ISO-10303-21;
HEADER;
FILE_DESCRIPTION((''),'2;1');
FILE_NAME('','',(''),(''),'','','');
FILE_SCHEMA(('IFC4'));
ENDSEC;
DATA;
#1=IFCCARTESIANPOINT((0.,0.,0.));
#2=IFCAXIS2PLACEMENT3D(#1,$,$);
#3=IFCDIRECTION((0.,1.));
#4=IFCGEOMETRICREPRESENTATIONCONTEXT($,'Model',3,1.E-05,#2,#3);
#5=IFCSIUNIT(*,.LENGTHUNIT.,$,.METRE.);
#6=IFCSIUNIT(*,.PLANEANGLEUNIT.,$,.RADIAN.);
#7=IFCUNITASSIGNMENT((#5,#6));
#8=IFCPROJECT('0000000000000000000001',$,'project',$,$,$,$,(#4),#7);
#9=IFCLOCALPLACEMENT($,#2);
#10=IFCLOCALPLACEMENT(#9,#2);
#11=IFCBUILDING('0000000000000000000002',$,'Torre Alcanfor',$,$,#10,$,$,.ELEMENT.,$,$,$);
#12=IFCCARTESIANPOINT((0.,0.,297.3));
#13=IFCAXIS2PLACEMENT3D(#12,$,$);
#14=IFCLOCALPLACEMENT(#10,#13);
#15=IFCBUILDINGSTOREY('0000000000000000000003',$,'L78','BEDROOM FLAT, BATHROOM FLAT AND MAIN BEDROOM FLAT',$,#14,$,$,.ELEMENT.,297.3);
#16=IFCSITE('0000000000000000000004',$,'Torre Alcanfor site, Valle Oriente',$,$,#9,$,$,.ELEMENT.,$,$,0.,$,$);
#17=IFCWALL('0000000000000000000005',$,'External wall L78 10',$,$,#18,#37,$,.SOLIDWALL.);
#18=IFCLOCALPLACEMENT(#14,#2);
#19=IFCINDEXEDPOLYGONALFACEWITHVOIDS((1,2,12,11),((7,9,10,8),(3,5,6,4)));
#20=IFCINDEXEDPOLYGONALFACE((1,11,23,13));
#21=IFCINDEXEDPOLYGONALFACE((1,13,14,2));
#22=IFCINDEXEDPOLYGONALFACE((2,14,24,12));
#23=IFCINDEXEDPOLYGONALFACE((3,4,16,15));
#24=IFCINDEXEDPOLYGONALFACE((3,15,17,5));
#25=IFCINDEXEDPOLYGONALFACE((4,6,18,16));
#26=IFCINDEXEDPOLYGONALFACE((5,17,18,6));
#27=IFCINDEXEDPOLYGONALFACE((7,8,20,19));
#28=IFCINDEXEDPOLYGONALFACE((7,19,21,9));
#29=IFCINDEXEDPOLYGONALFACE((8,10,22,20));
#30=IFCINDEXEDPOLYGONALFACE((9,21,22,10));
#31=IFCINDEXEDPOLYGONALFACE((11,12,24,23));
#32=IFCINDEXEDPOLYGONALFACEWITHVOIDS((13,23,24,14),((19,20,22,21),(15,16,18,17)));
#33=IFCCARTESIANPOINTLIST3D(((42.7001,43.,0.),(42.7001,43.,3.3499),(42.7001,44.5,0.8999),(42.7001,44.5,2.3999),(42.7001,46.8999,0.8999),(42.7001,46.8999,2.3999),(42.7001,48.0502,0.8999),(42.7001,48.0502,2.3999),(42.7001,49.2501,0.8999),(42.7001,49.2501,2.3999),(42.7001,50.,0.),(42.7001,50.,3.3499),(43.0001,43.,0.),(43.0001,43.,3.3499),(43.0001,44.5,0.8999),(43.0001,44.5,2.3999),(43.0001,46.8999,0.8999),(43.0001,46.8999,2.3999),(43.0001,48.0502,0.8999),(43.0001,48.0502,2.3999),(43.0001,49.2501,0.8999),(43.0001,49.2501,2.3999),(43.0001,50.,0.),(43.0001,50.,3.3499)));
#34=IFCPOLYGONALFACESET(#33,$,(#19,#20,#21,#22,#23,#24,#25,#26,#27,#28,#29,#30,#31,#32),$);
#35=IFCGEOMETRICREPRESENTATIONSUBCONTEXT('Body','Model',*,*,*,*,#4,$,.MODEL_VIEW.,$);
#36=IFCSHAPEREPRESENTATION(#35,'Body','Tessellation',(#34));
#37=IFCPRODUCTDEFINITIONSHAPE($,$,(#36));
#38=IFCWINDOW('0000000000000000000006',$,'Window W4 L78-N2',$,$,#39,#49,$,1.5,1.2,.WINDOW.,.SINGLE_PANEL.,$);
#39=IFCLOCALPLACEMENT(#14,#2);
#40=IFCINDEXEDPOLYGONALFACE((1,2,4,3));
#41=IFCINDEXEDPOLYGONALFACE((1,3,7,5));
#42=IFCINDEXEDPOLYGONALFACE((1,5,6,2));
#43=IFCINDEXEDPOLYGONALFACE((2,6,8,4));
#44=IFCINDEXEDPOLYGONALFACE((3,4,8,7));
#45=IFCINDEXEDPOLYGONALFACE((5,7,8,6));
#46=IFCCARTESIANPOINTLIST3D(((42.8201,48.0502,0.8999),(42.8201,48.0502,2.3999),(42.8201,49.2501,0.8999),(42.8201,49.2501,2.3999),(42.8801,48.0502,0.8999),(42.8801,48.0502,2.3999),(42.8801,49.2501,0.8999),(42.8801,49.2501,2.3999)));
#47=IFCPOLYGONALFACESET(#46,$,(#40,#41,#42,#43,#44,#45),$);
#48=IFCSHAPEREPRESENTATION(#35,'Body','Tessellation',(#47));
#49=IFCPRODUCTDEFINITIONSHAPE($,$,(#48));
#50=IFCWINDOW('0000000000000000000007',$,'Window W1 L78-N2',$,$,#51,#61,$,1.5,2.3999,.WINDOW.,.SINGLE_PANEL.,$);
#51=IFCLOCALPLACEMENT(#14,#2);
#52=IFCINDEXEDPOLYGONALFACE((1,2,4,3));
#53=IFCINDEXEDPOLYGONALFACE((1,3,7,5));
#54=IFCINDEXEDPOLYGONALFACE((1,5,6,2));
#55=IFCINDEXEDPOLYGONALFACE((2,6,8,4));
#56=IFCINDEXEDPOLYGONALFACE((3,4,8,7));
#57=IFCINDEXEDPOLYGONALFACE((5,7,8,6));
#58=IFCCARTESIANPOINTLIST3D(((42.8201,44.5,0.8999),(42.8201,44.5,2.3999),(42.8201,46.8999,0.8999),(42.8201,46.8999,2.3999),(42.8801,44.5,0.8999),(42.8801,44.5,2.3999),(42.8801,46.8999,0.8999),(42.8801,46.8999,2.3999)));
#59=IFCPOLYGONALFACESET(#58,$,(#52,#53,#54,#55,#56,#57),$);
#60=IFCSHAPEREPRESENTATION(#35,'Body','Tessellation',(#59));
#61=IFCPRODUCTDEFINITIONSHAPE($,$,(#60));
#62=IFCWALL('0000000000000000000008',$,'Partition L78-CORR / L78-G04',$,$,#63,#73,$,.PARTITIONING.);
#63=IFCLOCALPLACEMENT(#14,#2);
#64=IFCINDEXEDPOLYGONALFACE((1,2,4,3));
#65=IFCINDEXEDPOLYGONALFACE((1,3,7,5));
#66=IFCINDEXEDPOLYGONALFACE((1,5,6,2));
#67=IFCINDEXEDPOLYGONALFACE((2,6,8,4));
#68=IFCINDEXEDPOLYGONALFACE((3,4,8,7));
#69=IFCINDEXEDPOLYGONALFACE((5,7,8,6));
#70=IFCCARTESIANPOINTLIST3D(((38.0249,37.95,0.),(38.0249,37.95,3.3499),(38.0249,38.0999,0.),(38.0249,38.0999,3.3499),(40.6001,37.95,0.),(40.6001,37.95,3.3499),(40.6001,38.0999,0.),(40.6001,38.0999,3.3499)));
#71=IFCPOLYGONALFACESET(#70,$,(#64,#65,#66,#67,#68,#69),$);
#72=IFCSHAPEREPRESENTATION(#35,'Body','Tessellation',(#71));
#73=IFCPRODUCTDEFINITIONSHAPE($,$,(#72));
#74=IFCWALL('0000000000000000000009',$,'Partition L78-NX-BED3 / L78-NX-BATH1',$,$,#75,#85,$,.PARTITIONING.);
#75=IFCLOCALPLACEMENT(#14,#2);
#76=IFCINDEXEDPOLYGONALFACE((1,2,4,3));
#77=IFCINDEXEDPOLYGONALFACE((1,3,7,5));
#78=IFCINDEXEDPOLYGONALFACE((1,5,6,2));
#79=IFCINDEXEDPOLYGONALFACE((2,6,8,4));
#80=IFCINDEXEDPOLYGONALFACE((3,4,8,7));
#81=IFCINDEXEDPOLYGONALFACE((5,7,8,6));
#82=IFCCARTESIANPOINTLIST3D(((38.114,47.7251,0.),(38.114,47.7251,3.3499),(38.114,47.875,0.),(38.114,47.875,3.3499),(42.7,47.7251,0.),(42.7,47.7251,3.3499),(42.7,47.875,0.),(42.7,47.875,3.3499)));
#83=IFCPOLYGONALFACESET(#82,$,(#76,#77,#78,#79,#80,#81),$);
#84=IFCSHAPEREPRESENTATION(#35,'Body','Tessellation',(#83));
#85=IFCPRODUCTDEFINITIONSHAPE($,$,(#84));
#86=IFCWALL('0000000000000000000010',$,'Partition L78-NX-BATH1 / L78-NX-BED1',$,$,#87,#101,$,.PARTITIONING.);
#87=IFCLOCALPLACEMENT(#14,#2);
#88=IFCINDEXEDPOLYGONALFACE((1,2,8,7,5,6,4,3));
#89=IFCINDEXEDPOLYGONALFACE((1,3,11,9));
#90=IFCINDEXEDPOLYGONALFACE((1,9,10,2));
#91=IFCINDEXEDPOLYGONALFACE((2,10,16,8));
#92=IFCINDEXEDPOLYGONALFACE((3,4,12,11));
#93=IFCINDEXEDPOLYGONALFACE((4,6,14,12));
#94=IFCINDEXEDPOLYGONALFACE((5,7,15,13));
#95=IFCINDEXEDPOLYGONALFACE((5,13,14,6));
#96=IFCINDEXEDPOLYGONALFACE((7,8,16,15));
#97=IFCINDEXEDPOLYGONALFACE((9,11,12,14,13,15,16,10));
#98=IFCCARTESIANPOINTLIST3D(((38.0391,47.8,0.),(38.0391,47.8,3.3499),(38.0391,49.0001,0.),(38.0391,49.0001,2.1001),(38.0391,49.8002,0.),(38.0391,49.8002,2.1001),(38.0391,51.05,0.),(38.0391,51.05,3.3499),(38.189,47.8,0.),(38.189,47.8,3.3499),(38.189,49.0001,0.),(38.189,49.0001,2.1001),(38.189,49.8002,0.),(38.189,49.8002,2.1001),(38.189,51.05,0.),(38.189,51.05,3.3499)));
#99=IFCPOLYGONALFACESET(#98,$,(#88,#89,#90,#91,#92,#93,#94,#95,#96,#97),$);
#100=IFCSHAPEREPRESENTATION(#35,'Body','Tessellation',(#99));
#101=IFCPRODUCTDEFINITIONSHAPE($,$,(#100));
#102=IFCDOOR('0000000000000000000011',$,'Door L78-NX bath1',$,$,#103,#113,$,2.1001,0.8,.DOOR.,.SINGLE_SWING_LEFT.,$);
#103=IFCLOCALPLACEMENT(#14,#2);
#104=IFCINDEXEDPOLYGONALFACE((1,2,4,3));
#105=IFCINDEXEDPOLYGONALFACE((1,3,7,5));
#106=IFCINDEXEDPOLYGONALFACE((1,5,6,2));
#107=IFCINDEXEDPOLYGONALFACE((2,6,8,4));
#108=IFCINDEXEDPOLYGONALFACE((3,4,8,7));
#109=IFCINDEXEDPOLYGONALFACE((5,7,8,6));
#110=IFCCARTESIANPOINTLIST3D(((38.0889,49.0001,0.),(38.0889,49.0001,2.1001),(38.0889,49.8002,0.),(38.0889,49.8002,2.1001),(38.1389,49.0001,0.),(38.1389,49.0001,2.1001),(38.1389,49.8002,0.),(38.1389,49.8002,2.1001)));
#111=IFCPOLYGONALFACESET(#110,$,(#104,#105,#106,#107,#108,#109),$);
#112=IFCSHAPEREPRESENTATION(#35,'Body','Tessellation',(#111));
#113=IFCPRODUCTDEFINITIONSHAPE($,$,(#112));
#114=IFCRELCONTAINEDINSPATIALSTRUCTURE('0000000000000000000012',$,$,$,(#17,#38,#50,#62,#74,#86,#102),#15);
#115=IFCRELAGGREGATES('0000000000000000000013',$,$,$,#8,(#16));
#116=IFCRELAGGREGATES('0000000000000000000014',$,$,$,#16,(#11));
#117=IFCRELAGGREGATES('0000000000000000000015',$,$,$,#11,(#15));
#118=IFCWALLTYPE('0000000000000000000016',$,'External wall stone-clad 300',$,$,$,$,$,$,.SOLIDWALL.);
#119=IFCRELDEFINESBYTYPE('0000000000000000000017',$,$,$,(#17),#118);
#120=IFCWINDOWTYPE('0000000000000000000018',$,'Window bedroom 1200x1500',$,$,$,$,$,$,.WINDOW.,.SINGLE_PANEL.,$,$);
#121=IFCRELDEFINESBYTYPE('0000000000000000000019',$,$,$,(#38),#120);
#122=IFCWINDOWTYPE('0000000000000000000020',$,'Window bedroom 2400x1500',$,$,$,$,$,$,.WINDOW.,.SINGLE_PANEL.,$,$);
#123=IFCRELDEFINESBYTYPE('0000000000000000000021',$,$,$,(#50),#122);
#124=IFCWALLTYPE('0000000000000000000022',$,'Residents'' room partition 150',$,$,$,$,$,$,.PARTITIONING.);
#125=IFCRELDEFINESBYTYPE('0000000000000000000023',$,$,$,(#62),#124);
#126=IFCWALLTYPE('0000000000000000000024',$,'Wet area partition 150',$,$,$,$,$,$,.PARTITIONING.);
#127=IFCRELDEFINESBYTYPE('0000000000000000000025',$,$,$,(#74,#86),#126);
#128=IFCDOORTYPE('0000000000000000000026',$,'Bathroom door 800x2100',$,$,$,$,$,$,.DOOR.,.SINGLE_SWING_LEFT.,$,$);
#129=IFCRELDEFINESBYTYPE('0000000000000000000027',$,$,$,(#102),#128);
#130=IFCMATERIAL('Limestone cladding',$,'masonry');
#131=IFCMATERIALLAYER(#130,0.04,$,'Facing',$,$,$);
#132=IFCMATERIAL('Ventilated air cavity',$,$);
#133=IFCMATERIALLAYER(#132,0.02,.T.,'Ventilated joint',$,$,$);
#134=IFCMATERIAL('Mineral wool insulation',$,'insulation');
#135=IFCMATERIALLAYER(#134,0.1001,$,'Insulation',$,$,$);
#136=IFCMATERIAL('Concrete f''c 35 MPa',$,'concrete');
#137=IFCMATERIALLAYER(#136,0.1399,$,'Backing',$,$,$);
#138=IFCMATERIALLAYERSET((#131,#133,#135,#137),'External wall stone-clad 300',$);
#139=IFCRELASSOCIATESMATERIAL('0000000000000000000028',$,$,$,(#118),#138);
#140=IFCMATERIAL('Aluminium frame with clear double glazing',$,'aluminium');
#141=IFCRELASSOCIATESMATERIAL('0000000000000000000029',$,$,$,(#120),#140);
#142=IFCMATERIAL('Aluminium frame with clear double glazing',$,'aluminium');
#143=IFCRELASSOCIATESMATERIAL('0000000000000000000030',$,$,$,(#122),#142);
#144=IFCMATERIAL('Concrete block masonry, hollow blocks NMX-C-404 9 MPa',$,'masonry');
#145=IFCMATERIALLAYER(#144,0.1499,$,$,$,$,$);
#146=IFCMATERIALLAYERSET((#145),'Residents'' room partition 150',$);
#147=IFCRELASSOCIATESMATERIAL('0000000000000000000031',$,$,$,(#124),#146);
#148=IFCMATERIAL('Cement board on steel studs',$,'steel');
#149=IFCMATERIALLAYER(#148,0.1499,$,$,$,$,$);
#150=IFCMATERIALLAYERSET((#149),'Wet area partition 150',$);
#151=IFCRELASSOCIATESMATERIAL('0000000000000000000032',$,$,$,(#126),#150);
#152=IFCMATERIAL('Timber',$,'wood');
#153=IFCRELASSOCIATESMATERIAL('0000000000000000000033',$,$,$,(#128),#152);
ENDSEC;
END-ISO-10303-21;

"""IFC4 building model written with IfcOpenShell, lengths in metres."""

from ifc_helpers import new_model, si_unit, direction, frame, frame_2d, origin, place, context, subcontext, project, spatial, rectangle, extrude, material, layer, layer_set, type_object, element, fill, save


model = new_model("IFC4")

# Units and contexts
model_context = context("Model", 3, precision=1e-05, world=origin(), true_north=direction((0.0, 1.0)))
body_context = subcontext(model_context, "Body", "Model", "MODEL_VIEW")
ifc_project = project(units=[si_unit("LENGTHUNIT", "METRE"), si_unit("PLANEANGLEUNIT", "RADIAN")], contexts=[model_context])

# Site, building, storey
site_placement = place(None, origin())
site = spatial("IfcSite", under=ifc_project, at=site_placement, Name="Torre Alcanfor site, Valle Oriente", CompositionType="ELEMENT", RefElevation=0.0)
building_placement = place(site_placement, origin())
building = spatial("IfcBuilding", under=site, at=building_placement, Name="Torre Alcanfor", CompositionType="ELEMENT")
storey_placement = place(building_placement, frame((0.0, 0.0, 297.3)))
storey = spatial("IfcBuildingStorey", under=building, at=storey_placement, Name="L78", Description="BEDROOM FLAT, BATHROOM FLAT AND MAIN BEDROOM FLAT", CompositionType="ELEMENT", Elevation=297.3)

# Wall, openings, windows
ifc_material_1 = material(Name="Limestone cladding", Category="masonry")
ifc_layer_1 = layer(ifc_material_1, 0.04, Name="Facing")
ifc_material_2 = material(Name="Ventilated air cavity")
ifc_layer_2 = layer(ifc_material_2, 0.02, ventilated=True, Name="Ventilated joint")
ifc_material_3 = material(Name="Mineral wool insulation", Category="insulation")
ifc_layer_3 = layer(ifc_material_3, 0.1001, Name="Insulation")
ifc_material_4 = material(Name="Concrete f'c 35 MPa", Category="concrete")
ifc_layer_4 = layer(ifc_material_4, 0.1399, Name="Backing")
ifc_layer_set_1 = layer_set([ifc_layer_1, ifc_layer_2, ifc_layer_3, ifc_layer_4], Name="External wall stone-clad 300")
wall_type_1 = type_object("IfcWallType", Name="External wall stone-clad 300", PredefinedType="SOLIDWALL", material=ifc_layer_set_1)
ifc_material_5 = material(Name="Aluminium frame with clear double glazing", Category="aluminium")
window_type_1 = type_object("IfcWindowType", Name="Window bedroom 1200x1500", PartitioningType="SINGLE_PANEL", PredefinedType="WINDOW", material=ifc_material_5)
ifc_material_6 = material(Name="Aluminium frame with clear double glazing", Category="aluminium")
window_type_2 = type_object("IfcWindowType", Name="Window bedroom 2400x1500", PartitioningType="SINGLE_PANEL", PredefinedType="WINDOW", material=ifc_material_6)
wall_1_placement = place(storey_placement, frame((42.8501, 43.0, 0.0), z_axis=(0.0, 0.0, 1.0), x_axis=(0.0, 1.0, 0.0)))
wall_1 = element("IfcWall", 1, at=wall_1_placement, inside=storey, type_object=wall_type_1, Name="External wall L78 10", PredefinedType="SOLIDWALL", context=body_context, shape_type="SweptSolid", body=[
    extrude(rectangle(XDim=7.0, YDim=0.3, at=frame_2d((3.5, 0.0))), origin(), (0.0, 0.0, 1.0), 3.3499),
])
opening_1_placement = place(wall_1_placement, frame((1.5, 0.0, 0.8999)))
opening_1 = element("IfcOpeningElement", 2, at=opening_1_placement, cuts=wall_1, PredefinedType="OPENING", context=body_context, shape_type="SweptSolid", body=[
    extrude(rectangle(XDim=2.3999, YDim=1.5, at=frame_2d((1.2, 0.75))), frame((0.0, 0.1599, 0.0), z_axis=(0.0, -1.0, 0.0), x_axis=(1.0, 0.0, 0.0)), (0.0, 0.0, 1.0), 0.3201),
])
opening_2_placement = place(wall_1_placement, frame((5.05, 0.0, 0.8999)))
opening_2 = element("IfcOpeningElement", 3, at=opening_2_placement, cuts=wall_1, PredefinedType="OPENING", context=body_context, shape_type="SweptSolid", body=[
    extrude(rectangle(XDim=1.2, YDim=1.5, at=frame_2d((0.6001, 0.75))), frame((0.0, 0.1599, 0.0), z_axis=(0.0, -1.0, 0.0), x_axis=(1.0, 0.0, 0.0)), (0.0, 0.0, 1.0), 0.3201),
])
window_1_placement = place(opening_2_placement, origin())
window_1 = element("IfcWindow", 4, at=window_1_placement, inside=storey, type_object=window_type_1, Name="Window W4 L78-N2", OverallHeight=1.5, OverallWidth=1.2, PartitioningType="SINGLE_PANEL", PredefinedType="WINDOW", context=body_context, shape_type="SweptSolid", body=[
    extrude(rectangle(XDim=1.2, YDim=1.5, at=frame_2d((0.6001, 0.75))), frame((0.0, 0.03, 0.0), z_axis=(0.0, -1.0, 0.0), x_axis=(1.0, 0.0, 0.0)), (0.0, 0.0, 1.0), 0.0601),
])
fill(opening_2, window_1)
window_2_placement = place(opening_1_placement, origin())
window_2 = element("IfcWindow", 5, at=window_2_placement, inside=storey, type_object=window_type_2, Name="Window W1 L78-N2", OverallHeight=1.5, OverallWidth=2.3999, PartitioningType="SINGLE_PANEL", PredefinedType="WINDOW", context=body_context, shape_type="SweptSolid", body=[
    extrude(rectangle(XDim=2.3999, YDim=1.5, at=frame_2d((1.2, 0.75))), frame((0.0, 0.03, 0.0), z_axis=(0.0, -1.0, 0.0), x_axis=(1.0, 0.0, 0.0)), (0.0, 0.0, 1.0), 0.0601),
])
fill(opening_1, window_2)

# Walls
ifc_material_7 = material(Name="Concrete block masonry, hollow blocks NMX-C-404 9 MPa", Category="masonry")
ifc_layer_5 = layer(ifc_material_7, 0.1499)
ifc_layer_set_2 = layer_set([ifc_layer_5], Name="Residents' room partition 150")
wall_type_2 = type_object("IfcWallType", Name="Residents' room partition 150", PredefinedType="PARTITIONING", material=ifc_layer_set_2)
wall_2_placement = place(storey_placement, frame((40.6001, 38.0249, 0.0), z_axis=(0.0, 0.0, 1.0), x_axis=(-1.0, 0.0, 0.0)))
element("IfcWall", 6, at=wall_2_placement, inside=storey, type_object=wall_type_2, Name="Partition L78-CORR / L78-G04", PredefinedType="PARTITIONING", context=body_context, shape_type="SweptSolid", body=[
    extrude(rectangle(XDim=2.5752, YDim=0.1499, at=frame_2d((1.2876, 0.0))), origin(), (0.0, 0.0, 1.0), 3.3499),
])
ifc_material_8 = material(Name="Cement board on steel studs", Category="steel")
ifc_layer_6 = layer(ifc_material_8, 0.1499)
ifc_layer_set_3 = layer_set([ifc_layer_6], Name="Wet area partition 150")
wall_type_3 = type_object("IfcWallType", Name="Wet area partition 150", PredefinedType="PARTITIONING", material=ifc_layer_set_3)
wall_3_placement = place(storey_placement, frame((42.7, 47.8, 0.0), z_axis=(0.0, 0.0, 1.0), x_axis=(-1.0, 0.0, 0.0)))
element("IfcWall", 7, at=wall_3_placement, inside=storey, type_object=wall_type_3, Name="Partition L78-NX-BED3 / L78-NX-BATH1", PredefinedType="PARTITIONING", context=body_context, shape_type="SweptSolid", body=[
    extrude(rectangle(XDim=4.5859, YDim=0.1499, at=frame_2d((2.293, 0.0))), origin(), (0.0, 0.0, 1.0), 3.3499),
])

# Wall, opening, door
wall_4_placement = place(storey_placement, frame((38.114, 51.05, 0.0), z_axis=(0.0, 0.0, 1.0), x_axis=(0.0, -1.0, 0.0)))
wall_4 = element("IfcWall", 8, at=wall_4_placement, inside=storey, type_object=wall_type_3, Name="Partition L78-NX-BATH1 / L78-NX-BED1", PredefinedType="PARTITIONING", context=body_context, shape_type="SweptSolid", body=[
    extrude(rectangle(XDim=3.25, YDim=0.1499, at=frame_2d((1.625, 0.0))), origin(), (0.0, 0.0, 1.0), 3.3499),
])
opening_3_placement = place(wall_4_placement, frame((1.25, 0.0, 0.0)))
opening_3 = element("IfcOpeningElement", 9, at=opening_3_placement, cuts=wall_4, PredefinedType="OPENING", context=body_context, shape_type="SweptSolid", body=[
    extrude(rectangle(XDim=0.8, YDim=2.1001, at=frame_2d((0.3999, 1.05))), frame((0.0, 0.085, 0.0), z_axis=(0.0, -1.0, 0.0), x_axis=(1.0, 0.0, 0.0)), (0.0, 0.0, 1.0), 0.1699),
])
ifc_material_9 = material(Name="Timber", Category="wood")
door_type = type_object("IfcDoorType", Name="Bathroom door 800x2100", OperationType="SINGLE_SWING_LEFT", PredefinedType="DOOR", material=ifc_material_9)
door_placement = place(opening_3_placement, frame((0.8, 0.0, 0.0), z_axis=(0.0, 0.0, 1.0), x_axis=(-1.0, 0.0, 0.0)))
door = element("IfcDoor", 10, at=door_placement, inside=storey, type_object=door_type, Name="Door L78-NX bath1", OperationType="SINGLE_SWING_LEFT", OverallHeight=2.1001, OverallWidth=0.8, PredefinedType="DOOR", context=body_context, shape_type="SweptSolid", body=[
    extrude(rectangle(XDim=0.8, YDim=2.1001, at=frame_2d((0.4001, 1.05))), frame((0.0, 0.0251, 0.0), z_axis=(0.0, -1.0, 0.0), x_axis=(1.0, 0.0, 0.0)), (0.0, 0.0, 1.0), 0.05),
])
fill(opening_3, door)

save(model, "model.ifc")
